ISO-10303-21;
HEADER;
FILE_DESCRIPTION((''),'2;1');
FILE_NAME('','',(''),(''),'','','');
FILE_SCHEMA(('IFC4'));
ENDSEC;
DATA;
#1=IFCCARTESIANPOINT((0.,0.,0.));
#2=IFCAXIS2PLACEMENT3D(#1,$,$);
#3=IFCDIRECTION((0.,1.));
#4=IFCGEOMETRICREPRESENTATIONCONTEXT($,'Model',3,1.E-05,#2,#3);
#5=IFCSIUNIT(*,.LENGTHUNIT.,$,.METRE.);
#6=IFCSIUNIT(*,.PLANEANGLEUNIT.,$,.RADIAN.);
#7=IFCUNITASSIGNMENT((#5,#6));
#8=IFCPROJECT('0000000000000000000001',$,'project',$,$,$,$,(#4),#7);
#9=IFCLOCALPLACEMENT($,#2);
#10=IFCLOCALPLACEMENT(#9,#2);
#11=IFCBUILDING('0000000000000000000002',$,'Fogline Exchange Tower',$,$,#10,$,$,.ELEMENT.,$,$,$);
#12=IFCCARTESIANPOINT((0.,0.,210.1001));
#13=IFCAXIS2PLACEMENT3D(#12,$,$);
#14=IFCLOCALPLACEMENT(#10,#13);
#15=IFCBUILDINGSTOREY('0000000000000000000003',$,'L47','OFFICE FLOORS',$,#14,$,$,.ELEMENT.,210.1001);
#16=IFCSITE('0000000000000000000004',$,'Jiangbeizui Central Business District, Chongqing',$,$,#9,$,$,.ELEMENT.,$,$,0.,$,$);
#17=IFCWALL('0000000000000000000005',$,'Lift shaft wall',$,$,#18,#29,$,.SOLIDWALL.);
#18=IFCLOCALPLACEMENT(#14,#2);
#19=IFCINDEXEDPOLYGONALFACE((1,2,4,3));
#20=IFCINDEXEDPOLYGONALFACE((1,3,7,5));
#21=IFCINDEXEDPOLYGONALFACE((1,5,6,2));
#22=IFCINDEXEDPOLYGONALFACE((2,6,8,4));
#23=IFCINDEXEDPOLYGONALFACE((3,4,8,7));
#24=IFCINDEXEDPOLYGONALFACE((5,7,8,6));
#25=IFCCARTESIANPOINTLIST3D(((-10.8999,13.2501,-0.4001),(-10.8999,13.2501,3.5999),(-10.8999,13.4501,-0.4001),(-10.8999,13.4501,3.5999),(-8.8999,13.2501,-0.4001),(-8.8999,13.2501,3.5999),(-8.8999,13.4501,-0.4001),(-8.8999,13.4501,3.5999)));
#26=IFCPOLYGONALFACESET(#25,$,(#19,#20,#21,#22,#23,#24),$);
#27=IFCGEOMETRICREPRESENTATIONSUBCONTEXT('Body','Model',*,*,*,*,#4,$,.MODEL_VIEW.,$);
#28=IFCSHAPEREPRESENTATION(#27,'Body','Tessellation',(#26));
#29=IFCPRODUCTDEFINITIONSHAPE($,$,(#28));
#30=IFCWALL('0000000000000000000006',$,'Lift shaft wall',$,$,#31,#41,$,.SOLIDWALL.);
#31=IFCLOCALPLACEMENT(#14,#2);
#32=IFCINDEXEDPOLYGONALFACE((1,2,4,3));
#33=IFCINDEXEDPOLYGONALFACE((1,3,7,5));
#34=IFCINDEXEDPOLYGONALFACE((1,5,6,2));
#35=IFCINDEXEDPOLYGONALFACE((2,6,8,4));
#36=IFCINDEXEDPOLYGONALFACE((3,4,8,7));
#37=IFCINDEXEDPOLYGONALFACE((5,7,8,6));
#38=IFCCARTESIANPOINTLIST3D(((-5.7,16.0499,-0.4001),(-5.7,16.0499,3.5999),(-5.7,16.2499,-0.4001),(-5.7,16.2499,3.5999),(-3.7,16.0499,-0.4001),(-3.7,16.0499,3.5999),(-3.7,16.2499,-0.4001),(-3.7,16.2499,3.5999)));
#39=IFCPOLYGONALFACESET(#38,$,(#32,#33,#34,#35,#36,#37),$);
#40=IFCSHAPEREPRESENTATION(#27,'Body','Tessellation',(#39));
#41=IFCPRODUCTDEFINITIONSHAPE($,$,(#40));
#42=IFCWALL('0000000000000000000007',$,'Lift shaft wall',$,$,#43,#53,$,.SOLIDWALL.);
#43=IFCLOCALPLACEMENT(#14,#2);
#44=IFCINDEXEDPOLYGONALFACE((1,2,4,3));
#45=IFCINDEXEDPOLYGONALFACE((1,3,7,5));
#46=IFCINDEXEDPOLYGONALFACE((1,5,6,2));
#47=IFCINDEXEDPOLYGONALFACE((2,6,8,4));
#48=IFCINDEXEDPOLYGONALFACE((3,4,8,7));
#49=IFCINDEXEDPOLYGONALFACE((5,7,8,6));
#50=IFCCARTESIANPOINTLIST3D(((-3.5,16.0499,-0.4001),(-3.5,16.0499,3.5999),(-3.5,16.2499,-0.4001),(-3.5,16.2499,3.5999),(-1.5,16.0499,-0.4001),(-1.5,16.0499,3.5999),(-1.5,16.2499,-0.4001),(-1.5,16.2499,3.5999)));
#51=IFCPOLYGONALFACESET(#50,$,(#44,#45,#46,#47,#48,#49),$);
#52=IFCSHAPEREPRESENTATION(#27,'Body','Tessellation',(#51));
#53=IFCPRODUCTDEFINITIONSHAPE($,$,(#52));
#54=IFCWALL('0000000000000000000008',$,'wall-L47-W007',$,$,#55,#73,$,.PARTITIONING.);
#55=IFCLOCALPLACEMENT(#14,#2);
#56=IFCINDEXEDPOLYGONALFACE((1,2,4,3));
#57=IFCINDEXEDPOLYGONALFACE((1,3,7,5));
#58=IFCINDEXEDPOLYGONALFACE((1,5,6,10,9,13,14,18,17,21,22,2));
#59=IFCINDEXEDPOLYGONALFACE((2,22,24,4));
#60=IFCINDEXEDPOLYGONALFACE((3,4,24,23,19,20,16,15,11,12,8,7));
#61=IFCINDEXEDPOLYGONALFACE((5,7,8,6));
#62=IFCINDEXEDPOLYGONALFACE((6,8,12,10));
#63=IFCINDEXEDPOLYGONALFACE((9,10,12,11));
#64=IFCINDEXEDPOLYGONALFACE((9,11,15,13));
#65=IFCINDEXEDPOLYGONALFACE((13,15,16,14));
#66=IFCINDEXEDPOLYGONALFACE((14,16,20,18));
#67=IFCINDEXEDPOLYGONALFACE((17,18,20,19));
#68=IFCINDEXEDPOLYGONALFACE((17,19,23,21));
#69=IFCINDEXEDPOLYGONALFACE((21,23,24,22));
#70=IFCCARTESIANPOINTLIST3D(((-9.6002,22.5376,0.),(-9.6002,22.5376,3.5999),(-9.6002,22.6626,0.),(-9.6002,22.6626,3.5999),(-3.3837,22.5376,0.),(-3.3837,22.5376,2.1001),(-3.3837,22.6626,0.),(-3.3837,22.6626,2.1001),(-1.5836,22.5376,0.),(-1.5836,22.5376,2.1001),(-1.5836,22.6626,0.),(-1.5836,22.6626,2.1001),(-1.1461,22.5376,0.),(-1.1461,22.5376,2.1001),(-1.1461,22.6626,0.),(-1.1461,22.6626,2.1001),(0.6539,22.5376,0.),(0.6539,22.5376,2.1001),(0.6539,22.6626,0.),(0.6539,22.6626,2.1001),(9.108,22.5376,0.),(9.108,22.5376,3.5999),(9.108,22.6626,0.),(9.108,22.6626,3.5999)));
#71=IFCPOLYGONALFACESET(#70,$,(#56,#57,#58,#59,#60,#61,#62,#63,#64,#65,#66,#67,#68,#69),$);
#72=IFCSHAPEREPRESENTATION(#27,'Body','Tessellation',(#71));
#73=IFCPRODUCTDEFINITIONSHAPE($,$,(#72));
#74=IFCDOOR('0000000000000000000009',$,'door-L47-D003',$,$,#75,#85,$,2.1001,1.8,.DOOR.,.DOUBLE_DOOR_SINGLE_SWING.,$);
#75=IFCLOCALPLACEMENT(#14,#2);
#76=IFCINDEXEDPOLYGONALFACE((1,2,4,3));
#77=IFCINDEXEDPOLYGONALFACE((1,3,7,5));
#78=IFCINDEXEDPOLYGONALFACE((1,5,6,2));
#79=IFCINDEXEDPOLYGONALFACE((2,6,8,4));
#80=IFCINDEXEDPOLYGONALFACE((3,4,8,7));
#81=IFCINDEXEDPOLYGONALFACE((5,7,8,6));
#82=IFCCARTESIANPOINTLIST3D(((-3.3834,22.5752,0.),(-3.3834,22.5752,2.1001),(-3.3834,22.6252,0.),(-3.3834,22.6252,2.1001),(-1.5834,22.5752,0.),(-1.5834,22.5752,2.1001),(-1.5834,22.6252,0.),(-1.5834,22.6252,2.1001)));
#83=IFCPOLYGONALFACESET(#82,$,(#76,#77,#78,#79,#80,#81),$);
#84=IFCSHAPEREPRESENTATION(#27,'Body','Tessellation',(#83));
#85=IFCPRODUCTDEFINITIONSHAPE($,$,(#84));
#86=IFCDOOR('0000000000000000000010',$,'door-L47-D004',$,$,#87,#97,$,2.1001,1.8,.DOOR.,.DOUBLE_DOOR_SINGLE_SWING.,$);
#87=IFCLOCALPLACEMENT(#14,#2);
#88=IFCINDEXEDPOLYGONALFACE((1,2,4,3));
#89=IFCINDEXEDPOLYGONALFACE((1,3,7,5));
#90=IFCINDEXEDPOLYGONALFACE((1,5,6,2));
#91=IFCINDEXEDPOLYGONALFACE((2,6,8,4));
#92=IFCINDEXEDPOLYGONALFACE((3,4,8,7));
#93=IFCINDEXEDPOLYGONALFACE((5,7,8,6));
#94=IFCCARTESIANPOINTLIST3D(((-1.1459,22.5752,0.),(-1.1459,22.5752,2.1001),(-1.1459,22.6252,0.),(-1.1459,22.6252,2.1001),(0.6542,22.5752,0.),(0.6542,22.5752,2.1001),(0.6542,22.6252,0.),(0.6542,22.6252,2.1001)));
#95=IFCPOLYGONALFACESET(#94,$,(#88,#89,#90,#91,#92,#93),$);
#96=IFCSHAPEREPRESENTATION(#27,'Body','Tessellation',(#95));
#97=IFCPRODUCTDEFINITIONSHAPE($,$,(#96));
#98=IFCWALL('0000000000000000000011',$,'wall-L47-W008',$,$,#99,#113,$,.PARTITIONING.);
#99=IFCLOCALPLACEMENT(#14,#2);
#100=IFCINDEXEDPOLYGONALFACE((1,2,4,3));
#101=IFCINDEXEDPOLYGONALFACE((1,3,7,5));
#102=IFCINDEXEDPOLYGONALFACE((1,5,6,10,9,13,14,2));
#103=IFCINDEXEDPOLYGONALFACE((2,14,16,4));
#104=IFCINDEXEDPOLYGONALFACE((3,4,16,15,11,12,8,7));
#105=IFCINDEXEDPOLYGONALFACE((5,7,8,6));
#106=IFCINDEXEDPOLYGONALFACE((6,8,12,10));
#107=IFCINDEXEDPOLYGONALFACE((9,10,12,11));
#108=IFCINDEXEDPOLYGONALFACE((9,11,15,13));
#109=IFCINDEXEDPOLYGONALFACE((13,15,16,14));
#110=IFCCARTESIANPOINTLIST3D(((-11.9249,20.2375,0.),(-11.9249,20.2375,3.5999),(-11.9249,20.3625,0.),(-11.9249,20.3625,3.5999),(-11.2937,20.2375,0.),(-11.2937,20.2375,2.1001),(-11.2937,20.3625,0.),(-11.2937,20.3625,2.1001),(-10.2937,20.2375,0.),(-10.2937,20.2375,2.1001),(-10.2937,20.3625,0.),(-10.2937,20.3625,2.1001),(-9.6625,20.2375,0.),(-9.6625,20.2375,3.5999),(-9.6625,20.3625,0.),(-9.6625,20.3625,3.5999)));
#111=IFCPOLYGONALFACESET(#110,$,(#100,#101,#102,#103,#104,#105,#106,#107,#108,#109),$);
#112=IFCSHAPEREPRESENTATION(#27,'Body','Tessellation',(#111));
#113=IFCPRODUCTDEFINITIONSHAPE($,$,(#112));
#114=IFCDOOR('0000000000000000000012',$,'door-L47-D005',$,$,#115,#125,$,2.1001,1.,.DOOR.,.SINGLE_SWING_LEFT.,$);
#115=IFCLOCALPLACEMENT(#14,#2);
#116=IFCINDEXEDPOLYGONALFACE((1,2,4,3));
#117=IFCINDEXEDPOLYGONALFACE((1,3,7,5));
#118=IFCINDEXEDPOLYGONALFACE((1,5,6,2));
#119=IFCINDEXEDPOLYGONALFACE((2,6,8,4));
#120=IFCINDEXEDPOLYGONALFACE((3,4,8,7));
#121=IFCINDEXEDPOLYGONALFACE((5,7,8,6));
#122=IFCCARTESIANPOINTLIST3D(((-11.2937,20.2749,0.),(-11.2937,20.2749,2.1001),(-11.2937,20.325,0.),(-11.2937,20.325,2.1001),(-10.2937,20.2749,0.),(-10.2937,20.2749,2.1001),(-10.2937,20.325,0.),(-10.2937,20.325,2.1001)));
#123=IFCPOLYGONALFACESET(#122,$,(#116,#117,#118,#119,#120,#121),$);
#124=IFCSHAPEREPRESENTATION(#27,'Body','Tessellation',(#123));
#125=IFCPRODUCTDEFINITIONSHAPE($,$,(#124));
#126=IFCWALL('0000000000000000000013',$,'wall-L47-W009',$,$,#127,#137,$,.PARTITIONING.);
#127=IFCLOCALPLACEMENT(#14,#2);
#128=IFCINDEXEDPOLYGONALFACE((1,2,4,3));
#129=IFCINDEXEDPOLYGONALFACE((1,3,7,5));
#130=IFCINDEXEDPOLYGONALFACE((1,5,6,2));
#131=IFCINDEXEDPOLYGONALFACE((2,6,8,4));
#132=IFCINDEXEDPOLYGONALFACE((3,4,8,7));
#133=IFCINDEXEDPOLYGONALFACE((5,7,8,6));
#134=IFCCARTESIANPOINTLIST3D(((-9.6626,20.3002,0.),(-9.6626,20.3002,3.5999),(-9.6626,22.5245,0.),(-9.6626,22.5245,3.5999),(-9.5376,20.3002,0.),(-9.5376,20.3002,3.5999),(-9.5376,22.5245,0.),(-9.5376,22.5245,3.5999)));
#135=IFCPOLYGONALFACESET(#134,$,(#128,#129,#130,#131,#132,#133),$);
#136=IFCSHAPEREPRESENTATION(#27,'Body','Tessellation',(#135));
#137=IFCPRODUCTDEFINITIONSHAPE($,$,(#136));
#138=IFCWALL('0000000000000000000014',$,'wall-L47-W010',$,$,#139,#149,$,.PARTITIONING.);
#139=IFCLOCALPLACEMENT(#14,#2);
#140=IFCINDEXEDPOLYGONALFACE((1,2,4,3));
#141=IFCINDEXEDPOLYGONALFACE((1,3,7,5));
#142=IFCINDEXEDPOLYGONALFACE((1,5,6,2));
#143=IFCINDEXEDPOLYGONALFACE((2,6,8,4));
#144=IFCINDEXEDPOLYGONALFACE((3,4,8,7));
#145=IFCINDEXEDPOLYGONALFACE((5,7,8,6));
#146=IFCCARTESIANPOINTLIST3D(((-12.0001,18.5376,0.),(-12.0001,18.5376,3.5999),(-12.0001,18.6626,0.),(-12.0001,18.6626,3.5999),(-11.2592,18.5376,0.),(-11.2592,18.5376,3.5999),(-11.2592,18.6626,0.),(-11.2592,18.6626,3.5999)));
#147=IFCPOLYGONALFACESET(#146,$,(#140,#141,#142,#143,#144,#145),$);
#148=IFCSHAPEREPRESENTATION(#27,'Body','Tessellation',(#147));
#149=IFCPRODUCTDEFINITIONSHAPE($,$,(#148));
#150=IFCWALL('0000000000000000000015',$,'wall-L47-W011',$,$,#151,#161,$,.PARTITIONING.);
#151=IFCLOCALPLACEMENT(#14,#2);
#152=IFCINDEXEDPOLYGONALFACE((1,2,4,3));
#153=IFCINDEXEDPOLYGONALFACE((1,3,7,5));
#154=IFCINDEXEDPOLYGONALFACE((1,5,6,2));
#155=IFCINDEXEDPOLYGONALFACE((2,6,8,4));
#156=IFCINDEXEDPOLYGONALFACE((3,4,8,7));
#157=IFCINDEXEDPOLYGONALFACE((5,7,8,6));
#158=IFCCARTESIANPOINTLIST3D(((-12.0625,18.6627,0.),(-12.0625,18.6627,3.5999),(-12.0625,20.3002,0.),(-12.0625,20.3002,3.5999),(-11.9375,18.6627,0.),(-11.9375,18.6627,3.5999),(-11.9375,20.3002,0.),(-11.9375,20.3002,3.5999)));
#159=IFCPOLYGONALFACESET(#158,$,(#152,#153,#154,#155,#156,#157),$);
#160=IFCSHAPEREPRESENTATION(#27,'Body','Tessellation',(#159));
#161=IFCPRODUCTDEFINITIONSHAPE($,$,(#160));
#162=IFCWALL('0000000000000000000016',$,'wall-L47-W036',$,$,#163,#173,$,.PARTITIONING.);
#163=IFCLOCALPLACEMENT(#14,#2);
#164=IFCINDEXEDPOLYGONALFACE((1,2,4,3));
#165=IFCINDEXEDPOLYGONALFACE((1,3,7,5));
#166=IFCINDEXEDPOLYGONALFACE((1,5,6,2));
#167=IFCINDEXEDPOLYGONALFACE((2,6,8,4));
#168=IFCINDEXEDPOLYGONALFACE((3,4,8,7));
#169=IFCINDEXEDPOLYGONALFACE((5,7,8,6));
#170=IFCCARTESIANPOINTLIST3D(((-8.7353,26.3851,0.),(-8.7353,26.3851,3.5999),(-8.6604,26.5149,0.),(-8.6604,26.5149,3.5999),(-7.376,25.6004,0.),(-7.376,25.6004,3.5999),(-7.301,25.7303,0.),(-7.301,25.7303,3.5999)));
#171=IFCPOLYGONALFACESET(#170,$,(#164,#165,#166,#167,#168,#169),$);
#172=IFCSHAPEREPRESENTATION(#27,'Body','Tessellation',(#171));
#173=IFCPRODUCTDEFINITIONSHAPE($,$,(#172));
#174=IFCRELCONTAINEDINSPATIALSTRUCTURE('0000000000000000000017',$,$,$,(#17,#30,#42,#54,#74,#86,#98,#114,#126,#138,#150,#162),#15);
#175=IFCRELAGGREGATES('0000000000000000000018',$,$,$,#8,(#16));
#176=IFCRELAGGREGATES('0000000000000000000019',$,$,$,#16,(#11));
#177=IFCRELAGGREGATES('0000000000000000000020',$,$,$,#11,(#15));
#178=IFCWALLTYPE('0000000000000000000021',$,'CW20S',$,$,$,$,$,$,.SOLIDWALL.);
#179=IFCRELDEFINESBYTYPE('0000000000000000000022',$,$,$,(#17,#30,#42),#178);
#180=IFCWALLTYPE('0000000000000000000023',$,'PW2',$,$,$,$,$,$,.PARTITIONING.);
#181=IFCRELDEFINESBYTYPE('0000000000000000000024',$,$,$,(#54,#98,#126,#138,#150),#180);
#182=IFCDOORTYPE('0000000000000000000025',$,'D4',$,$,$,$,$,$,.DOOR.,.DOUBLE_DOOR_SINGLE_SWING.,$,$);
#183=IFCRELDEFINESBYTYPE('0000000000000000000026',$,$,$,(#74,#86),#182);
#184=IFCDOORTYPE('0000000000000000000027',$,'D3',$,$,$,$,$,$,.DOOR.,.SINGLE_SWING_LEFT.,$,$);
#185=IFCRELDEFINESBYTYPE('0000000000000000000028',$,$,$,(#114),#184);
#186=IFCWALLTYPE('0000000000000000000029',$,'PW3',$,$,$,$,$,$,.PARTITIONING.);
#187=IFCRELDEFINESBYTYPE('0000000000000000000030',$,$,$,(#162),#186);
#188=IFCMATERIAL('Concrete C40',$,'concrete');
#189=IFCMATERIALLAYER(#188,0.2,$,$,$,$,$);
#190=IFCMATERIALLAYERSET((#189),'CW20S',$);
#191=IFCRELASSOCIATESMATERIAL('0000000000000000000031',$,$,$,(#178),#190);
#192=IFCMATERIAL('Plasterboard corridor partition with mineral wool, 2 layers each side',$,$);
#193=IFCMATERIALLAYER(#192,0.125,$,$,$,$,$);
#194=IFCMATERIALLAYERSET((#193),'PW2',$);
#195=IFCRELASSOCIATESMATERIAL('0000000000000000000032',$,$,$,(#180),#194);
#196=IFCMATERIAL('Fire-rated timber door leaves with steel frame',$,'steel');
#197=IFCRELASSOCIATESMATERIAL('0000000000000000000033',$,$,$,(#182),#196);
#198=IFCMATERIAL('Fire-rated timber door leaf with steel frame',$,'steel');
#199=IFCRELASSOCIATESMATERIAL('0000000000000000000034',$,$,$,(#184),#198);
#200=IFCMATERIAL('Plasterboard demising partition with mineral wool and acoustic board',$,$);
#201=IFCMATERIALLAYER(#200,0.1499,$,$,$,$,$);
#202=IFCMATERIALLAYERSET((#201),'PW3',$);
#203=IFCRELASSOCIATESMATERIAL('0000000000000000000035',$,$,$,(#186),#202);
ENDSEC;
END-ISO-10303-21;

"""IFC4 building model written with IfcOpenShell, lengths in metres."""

from ifc_helpers import new_model, si_unit, direction, frame, frame_2d, origin, place, context, subcontext, project, spatial, rectangle, extrude, material, layer, layer_set, type_object, element, fill, save


model = new_model("IFC4")

# Units and contexts
model_context = context("Model", 3, precision=1e-05, world=origin(), true_north=direction((0.0, 1.0)))
body_context = subcontext(model_context, "Body", "Model", "MODEL_VIEW")
ifc_project = project(units=[si_unit("LENGTHUNIT", "METRE"), si_unit("PLANEANGLEUNIT", "RADIAN")], contexts=[model_context])

# Site, building, storey
site_placement = place(None, origin())
site = spatial("IfcSite", under=ifc_project, at=site_placement, Name="Jiangbeizui Central Business District, Chongqing", CompositionType="ELEMENT", RefElevation=0.0)
building_placement = place(site_placement, origin())
building = spatial("IfcBuilding", under=site, at=building_placement, Name="Fogline Exchange Tower", CompositionType="ELEMENT")
storey_placement = place(building_placement, frame((0.0, 0.0, 210.1001)))
storey = spatial("IfcBuildingStorey", under=building, at=storey_placement, Name="L47", Description="OFFICE FLOORS", CompositionType="ELEMENT", Elevation=210.1001)

# Shared definitions
ifc_material_1 = material(Name="Concrete C40", Category="concrete")

# Walls
ifc_layer_1 = layer(ifc_material_1, 0.2)
ifc_layer_set_1 = layer_set([ifc_layer_1], Name="CW20S")
wall_type_1 = type_object("IfcWallType", Name="CW20S", PredefinedType="SOLIDWALL", material=ifc_layer_set_1)
for number, where, z_axis, x_axis, name in (
    (1, (-10.8999, 13.3501, -0.4001), (0.0, 0.0, 1.0), (1.0, 0.0, 0.0), "Lift shaft wall"),
    (2, (-5.7, 16.1499, -0.4001), (0.0, 0.0, 1.0), (1.0, 0.0, 0.0), "Lift shaft wall"),
    (3, (-3.5, 16.1499, -0.4001), (0.0, 0.0, 1.0), (1.0, 0.0, 0.0), "Lift shaft wall"),
):
    element("IfcWall", number, at=place(storey_placement, frame(where, z_axis=z_axis, x_axis=x_axis)), inside=storey, type_object=wall_type_1, Name=name, PredefinedType="SOLIDWALL", context=body_context, shape_type="SweptSolid", body=[
        extrude(rectangle(XDim=2.0, YDim=0.2, at=frame_2d((1.0, 0.0))), origin(), (0.0, 0.0, 1.0), 4.0),
    ])

# Wall, openings, doors
ifc_material_2 = material(Name="Plasterboard corridor partition with mineral wool, 2 layers each side")
ifc_layer_2 = layer(ifc_material_2, 0.125)
ifc_layer_set_2 = layer_set([ifc_layer_2], Name="PW2")
wall_type_2 = type_object("IfcWallType", Name="PW2", PredefinedType="PARTITIONING", material=ifc_layer_set_2)
wall_1_placement = place(storey_placement, frame((-9.6001, 22.6001, 0.0), z_axis=(0.0, 0.0, 1.0), x_axis=(1.0, 0.0, 0.0)))
wall_1 = element("IfcWall", 4, at=wall_1_placement, inside=storey, type_object=wall_type_2, Name="wall-L47-W007", PredefinedType="PARTITIONING", context=body_context, shape_type="SweptSolid", body=[
    extrude(rectangle(XDim=18.7083, YDim=0.125, at=frame_2d((9.354, 0.0))), origin(), (0.0, 0.0, 1.0), 3.5999),
])
opening_1_placement = place(wall_1_placement, frame((6.2166, 0.0, 0.0)))
opening_1 = element("IfcOpeningElement", 5, at=opening_1_placement, cuts=wall_1, PredefinedType="OPENING", context=body_context, shape_type="SweptSolid", body=[
    extrude(rectangle(XDim=1.8, YDim=2.1001, at=frame_2d((0.8999, 1.05))), frame((0.0, 0.0725, 0.0), z_axis=(0.0, -1.0, 0.0), x_axis=(1.0, 0.0, 0.0)), (0.0, 0.0, 1.0), 0.145),
])
opening_2_placement = place(wall_1_placement, frame((8.4541, 0.0, 0.0)))
opening_2 = element("IfcOpeningElement", 6, at=opening_2_placement, cuts=wall_1, PredefinedType="OPENING", context=body_context, shape_type="SweptSolid", body=[
    extrude(rectangle(XDim=1.8, YDim=2.1001, at=frame_2d((0.8999, 1.05))), frame((0.0, 0.0725, 0.0), z_axis=(0.0, -1.0, 0.0), x_axis=(1.0, 0.0, 0.0)), (0.0, 0.0, 1.0), 0.145),
])
ifc_material_3 = material(Name="Fire-rated timber door leaves with steel frame", Category="steel")
door_type_1 = type_object("IfcDoorType", Name="D4", OperationType="DOUBLE_DOOR_SINGLE_SWING", PredefinedType="DOOR", material=ifc_material_3)
door_1_placement = place(opening_1_placement, frame((1.8, 0.0, 0.0), z_axis=(0.0, 0.0, 1.0), x_axis=(-1.0, 0.0, 0.0)))
door_1 = element("IfcDoor", 7, at=door_1_placement, inside=storey, type_object=door_type_1, Name="door-L47-D003", OperationType="DOUBLE_DOOR_SINGLE_SWING", OverallHeight=2.1001, OverallWidth=1.8, PredefinedType="DOOR", context=body_context, shape_type="SweptSolid", body=[
    extrude(rectangle(XDim=1.8, YDim=2.1001, at=frame_2d((0.8999, 1.05))), frame((0.0, 0.0249, 0.0), z_axis=(0.0, -1.0, 0.0), x_axis=(1.0, 0.0, 0.0)), (0.0, 0.0, 1.0), 0.05),
])
fill(opening_1, door_1)
door_2_placement = place(opening_2_placement, frame((1.8, 0.0, 0.0), z_axis=(0.0, 0.0, 1.0), x_axis=(-1.0, 0.0, 0.0)))
door_2 = element("IfcDoor", 8, at=door_2_placement, inside=storey, type_object=door_type_1, Name="door-L47-D004", OperationType="DOUBLE_DOOR_SINGLE_SWING", OverallHeight=2.1001, OverallWidth=1.8, PredefinedType="DOOR", context=body_context, shape_type="SweptSolid", body=[
    extrude(rectangle(XDim=1.8, YDim=2.1001, at=frame_2d((0.8999, 1.05))), frame((0.0, 0.0249, 0.0), z_axis=(0.0, -1.0, 0.0), x_axis=(1.0, 0.0, 0.0)), (0.0, 0.0, 1.0), 0.05),
])
fill(opening_2, door_2)

# Wall, opening, door
wall_2_placement = place(storey_placement, frame((-11.925, 20.3, 0.0), z_axis=(0.0, 0.0, 1.0), x_axis=(1.0, 0.0, 0.0)))
wall_2 = element("IfcWall", 9, at=wall_2_placement, inside=storey, type_object=wall_type_2, Name="wall-L47-W008", PredefinedType="PARTITIONING", context=body_context, shape_type="SweptSolid", body=[
    extrude(rectangle(XDim=2.2625, YDim=0.125, at=frame_2d((1.1313, 0.0))), origin(), (0.0, 0.0, 1.0), 3.5999),
])
opening_3_placement = place(wall_2_placement, frame((0.6313, 0.0, 0.0)))
opening_3 = element("IfcOpeningElement", 10, at=opening_3_placement, cuts=wall_2, PredefinedType="OPENING", context=body_context, shape_type="SweptSolid", body=[
    extrude(rectangle(XDim=1.0, YDim=2.1001, at=frame_2d((0.5, 1.05))), frame((0.0, 0.0725, 0.0), z_axis=(0.0, -1.0, 0.0), x_axis=(1.0, 0.0, 0.0)), (0.0, 0.0, 1.0), 0.145),
])
ifc_material_4 = material(Name="Fire-rated timber door leaf with steel frame", Category="steel")
door_type_2 = type_object("IfcDoorType", Name="D3", OperationType="SINGLE_SWING_LEFT", PredefinedType="DOOR", material=ifc_material_4)
door_3_placement = place(opening_3_placement, origin())
door_3 = element("IfcDoor", 11, at=door_3_placement, inside=storey, type_object=door_type_2, Name="door-L47-D005", OperationType="SINGLE_SWING_LEFT", OverallHeight=2.1001, OverallWidth=1.0, PredefinedType="DOOR", context=body_context, shape_type="SweptSolid", body=[
    extrude(rectangle(XDim=1.0, YDim=2.1001, at=frame_2d((0.5, 1.05))), frame((0.0, 0.0249, 0.0), z_axis=(0.0, -1.0, 0.0), x_axis=(1.0, 0.0, 0.0)), (0.0, 0.0, 1.0), 0.05),
])
fill(opening_3, door_3)

# Walls
wall_3_placement = place(storey_placement, frame((-9.6001, 20.3, 0.0), z_axis=(0.0, 0.0, 1.0), x_axis=(0.0, 1.0, 0.0)))
element("IfcWall", 12, at=wall_3_placement, inside=storey, type_object=wall_type_2, Name="wall-L47-W009", PredefinedType="PARTITIONING", context=body_context, shape_type="SweptSolid", body=[
    extrude(rectangle(XDim=2.2244, YDim=0.125, at=frame_2d((1.1123, 0.0))), origin(), (0.0, 0.0, 1.0), 3.5999),
])
wall_4_placement = place(storey_placement, frame((-11.259, 18.6001, 0.0), z_axis=(0.0, 0.0, 1.0), x_axis=(-1.0, 0.0, 0.0)))
element("IfcWall", 13, at=wall_4_placement, inside=storey, type_object=wall_type_2, Name="wall-L47-W010", PredefinedType="PARTITIONING", context=body_context, shape_type="SweptSolid", body=[
    extrude(rectangle(XDim=0.741, YDim=0.125, at=frame_2d((0.3706, 0.0))), origin(), (0.0, 0.0, 1.0), 3.5999),
])
wall_5_placement = place(storey_placement, frame((-12.0, 18.6626, 0.0), z_axis=(0.0, 0.0, 1.0), x_axis=(0.0, 1.0, 0.0)))
element("IfcWall", 14, at=wall_5_placement, inside=storey, type_object=wall_type_2, Name="wall-L47-W011", PredefinedType="PARTITIONING", context=body_context, shape_type="SweptSolid", body=[
    extrude(rectangle(XDim=1.6375, YDim=0.125, at=frame_2d((0.8188, 0.0))), origin(), (0.0, 0.0, 1.0), 3.5999),
])
ifc_material_5 = material(Name="Plasterboard demising partition with mineral wool and acoustic board")
ifc_layer_3 = layer(ifc_material_5, 0.1499)
ifc_layer_set_3 = layer_set([ifc_layer_3], Name="PW3")
wall_type_3 = type_object("IfcWallType", Name="PW3", PredefinedType="PARTITIONING", material=ifc_layer_set_3)
wall_6_placement = place(storey_placement, frame((-8.6978, 26.45, 0.0), z_axis=(0.0, 0.0, 1.0), x_axis=(0.866072, -0.49992, 0.0)))
element("IfcWall", 15, at=wall_6_placement, inside=storey, type_object=wall_type_3, Name="wall-L47-W036", PredefinedType="PARTITIONING", context=body_context, shape_type="SweptSolid", body=[
    extrude(rectangle(XDim=1.5696, YDim=0.1499, at=frame_2d((0.7847, 0.0))), origin(), (0.0, 0.0, 1.0), 3.5999),
])

save(model, "model.ifc")
